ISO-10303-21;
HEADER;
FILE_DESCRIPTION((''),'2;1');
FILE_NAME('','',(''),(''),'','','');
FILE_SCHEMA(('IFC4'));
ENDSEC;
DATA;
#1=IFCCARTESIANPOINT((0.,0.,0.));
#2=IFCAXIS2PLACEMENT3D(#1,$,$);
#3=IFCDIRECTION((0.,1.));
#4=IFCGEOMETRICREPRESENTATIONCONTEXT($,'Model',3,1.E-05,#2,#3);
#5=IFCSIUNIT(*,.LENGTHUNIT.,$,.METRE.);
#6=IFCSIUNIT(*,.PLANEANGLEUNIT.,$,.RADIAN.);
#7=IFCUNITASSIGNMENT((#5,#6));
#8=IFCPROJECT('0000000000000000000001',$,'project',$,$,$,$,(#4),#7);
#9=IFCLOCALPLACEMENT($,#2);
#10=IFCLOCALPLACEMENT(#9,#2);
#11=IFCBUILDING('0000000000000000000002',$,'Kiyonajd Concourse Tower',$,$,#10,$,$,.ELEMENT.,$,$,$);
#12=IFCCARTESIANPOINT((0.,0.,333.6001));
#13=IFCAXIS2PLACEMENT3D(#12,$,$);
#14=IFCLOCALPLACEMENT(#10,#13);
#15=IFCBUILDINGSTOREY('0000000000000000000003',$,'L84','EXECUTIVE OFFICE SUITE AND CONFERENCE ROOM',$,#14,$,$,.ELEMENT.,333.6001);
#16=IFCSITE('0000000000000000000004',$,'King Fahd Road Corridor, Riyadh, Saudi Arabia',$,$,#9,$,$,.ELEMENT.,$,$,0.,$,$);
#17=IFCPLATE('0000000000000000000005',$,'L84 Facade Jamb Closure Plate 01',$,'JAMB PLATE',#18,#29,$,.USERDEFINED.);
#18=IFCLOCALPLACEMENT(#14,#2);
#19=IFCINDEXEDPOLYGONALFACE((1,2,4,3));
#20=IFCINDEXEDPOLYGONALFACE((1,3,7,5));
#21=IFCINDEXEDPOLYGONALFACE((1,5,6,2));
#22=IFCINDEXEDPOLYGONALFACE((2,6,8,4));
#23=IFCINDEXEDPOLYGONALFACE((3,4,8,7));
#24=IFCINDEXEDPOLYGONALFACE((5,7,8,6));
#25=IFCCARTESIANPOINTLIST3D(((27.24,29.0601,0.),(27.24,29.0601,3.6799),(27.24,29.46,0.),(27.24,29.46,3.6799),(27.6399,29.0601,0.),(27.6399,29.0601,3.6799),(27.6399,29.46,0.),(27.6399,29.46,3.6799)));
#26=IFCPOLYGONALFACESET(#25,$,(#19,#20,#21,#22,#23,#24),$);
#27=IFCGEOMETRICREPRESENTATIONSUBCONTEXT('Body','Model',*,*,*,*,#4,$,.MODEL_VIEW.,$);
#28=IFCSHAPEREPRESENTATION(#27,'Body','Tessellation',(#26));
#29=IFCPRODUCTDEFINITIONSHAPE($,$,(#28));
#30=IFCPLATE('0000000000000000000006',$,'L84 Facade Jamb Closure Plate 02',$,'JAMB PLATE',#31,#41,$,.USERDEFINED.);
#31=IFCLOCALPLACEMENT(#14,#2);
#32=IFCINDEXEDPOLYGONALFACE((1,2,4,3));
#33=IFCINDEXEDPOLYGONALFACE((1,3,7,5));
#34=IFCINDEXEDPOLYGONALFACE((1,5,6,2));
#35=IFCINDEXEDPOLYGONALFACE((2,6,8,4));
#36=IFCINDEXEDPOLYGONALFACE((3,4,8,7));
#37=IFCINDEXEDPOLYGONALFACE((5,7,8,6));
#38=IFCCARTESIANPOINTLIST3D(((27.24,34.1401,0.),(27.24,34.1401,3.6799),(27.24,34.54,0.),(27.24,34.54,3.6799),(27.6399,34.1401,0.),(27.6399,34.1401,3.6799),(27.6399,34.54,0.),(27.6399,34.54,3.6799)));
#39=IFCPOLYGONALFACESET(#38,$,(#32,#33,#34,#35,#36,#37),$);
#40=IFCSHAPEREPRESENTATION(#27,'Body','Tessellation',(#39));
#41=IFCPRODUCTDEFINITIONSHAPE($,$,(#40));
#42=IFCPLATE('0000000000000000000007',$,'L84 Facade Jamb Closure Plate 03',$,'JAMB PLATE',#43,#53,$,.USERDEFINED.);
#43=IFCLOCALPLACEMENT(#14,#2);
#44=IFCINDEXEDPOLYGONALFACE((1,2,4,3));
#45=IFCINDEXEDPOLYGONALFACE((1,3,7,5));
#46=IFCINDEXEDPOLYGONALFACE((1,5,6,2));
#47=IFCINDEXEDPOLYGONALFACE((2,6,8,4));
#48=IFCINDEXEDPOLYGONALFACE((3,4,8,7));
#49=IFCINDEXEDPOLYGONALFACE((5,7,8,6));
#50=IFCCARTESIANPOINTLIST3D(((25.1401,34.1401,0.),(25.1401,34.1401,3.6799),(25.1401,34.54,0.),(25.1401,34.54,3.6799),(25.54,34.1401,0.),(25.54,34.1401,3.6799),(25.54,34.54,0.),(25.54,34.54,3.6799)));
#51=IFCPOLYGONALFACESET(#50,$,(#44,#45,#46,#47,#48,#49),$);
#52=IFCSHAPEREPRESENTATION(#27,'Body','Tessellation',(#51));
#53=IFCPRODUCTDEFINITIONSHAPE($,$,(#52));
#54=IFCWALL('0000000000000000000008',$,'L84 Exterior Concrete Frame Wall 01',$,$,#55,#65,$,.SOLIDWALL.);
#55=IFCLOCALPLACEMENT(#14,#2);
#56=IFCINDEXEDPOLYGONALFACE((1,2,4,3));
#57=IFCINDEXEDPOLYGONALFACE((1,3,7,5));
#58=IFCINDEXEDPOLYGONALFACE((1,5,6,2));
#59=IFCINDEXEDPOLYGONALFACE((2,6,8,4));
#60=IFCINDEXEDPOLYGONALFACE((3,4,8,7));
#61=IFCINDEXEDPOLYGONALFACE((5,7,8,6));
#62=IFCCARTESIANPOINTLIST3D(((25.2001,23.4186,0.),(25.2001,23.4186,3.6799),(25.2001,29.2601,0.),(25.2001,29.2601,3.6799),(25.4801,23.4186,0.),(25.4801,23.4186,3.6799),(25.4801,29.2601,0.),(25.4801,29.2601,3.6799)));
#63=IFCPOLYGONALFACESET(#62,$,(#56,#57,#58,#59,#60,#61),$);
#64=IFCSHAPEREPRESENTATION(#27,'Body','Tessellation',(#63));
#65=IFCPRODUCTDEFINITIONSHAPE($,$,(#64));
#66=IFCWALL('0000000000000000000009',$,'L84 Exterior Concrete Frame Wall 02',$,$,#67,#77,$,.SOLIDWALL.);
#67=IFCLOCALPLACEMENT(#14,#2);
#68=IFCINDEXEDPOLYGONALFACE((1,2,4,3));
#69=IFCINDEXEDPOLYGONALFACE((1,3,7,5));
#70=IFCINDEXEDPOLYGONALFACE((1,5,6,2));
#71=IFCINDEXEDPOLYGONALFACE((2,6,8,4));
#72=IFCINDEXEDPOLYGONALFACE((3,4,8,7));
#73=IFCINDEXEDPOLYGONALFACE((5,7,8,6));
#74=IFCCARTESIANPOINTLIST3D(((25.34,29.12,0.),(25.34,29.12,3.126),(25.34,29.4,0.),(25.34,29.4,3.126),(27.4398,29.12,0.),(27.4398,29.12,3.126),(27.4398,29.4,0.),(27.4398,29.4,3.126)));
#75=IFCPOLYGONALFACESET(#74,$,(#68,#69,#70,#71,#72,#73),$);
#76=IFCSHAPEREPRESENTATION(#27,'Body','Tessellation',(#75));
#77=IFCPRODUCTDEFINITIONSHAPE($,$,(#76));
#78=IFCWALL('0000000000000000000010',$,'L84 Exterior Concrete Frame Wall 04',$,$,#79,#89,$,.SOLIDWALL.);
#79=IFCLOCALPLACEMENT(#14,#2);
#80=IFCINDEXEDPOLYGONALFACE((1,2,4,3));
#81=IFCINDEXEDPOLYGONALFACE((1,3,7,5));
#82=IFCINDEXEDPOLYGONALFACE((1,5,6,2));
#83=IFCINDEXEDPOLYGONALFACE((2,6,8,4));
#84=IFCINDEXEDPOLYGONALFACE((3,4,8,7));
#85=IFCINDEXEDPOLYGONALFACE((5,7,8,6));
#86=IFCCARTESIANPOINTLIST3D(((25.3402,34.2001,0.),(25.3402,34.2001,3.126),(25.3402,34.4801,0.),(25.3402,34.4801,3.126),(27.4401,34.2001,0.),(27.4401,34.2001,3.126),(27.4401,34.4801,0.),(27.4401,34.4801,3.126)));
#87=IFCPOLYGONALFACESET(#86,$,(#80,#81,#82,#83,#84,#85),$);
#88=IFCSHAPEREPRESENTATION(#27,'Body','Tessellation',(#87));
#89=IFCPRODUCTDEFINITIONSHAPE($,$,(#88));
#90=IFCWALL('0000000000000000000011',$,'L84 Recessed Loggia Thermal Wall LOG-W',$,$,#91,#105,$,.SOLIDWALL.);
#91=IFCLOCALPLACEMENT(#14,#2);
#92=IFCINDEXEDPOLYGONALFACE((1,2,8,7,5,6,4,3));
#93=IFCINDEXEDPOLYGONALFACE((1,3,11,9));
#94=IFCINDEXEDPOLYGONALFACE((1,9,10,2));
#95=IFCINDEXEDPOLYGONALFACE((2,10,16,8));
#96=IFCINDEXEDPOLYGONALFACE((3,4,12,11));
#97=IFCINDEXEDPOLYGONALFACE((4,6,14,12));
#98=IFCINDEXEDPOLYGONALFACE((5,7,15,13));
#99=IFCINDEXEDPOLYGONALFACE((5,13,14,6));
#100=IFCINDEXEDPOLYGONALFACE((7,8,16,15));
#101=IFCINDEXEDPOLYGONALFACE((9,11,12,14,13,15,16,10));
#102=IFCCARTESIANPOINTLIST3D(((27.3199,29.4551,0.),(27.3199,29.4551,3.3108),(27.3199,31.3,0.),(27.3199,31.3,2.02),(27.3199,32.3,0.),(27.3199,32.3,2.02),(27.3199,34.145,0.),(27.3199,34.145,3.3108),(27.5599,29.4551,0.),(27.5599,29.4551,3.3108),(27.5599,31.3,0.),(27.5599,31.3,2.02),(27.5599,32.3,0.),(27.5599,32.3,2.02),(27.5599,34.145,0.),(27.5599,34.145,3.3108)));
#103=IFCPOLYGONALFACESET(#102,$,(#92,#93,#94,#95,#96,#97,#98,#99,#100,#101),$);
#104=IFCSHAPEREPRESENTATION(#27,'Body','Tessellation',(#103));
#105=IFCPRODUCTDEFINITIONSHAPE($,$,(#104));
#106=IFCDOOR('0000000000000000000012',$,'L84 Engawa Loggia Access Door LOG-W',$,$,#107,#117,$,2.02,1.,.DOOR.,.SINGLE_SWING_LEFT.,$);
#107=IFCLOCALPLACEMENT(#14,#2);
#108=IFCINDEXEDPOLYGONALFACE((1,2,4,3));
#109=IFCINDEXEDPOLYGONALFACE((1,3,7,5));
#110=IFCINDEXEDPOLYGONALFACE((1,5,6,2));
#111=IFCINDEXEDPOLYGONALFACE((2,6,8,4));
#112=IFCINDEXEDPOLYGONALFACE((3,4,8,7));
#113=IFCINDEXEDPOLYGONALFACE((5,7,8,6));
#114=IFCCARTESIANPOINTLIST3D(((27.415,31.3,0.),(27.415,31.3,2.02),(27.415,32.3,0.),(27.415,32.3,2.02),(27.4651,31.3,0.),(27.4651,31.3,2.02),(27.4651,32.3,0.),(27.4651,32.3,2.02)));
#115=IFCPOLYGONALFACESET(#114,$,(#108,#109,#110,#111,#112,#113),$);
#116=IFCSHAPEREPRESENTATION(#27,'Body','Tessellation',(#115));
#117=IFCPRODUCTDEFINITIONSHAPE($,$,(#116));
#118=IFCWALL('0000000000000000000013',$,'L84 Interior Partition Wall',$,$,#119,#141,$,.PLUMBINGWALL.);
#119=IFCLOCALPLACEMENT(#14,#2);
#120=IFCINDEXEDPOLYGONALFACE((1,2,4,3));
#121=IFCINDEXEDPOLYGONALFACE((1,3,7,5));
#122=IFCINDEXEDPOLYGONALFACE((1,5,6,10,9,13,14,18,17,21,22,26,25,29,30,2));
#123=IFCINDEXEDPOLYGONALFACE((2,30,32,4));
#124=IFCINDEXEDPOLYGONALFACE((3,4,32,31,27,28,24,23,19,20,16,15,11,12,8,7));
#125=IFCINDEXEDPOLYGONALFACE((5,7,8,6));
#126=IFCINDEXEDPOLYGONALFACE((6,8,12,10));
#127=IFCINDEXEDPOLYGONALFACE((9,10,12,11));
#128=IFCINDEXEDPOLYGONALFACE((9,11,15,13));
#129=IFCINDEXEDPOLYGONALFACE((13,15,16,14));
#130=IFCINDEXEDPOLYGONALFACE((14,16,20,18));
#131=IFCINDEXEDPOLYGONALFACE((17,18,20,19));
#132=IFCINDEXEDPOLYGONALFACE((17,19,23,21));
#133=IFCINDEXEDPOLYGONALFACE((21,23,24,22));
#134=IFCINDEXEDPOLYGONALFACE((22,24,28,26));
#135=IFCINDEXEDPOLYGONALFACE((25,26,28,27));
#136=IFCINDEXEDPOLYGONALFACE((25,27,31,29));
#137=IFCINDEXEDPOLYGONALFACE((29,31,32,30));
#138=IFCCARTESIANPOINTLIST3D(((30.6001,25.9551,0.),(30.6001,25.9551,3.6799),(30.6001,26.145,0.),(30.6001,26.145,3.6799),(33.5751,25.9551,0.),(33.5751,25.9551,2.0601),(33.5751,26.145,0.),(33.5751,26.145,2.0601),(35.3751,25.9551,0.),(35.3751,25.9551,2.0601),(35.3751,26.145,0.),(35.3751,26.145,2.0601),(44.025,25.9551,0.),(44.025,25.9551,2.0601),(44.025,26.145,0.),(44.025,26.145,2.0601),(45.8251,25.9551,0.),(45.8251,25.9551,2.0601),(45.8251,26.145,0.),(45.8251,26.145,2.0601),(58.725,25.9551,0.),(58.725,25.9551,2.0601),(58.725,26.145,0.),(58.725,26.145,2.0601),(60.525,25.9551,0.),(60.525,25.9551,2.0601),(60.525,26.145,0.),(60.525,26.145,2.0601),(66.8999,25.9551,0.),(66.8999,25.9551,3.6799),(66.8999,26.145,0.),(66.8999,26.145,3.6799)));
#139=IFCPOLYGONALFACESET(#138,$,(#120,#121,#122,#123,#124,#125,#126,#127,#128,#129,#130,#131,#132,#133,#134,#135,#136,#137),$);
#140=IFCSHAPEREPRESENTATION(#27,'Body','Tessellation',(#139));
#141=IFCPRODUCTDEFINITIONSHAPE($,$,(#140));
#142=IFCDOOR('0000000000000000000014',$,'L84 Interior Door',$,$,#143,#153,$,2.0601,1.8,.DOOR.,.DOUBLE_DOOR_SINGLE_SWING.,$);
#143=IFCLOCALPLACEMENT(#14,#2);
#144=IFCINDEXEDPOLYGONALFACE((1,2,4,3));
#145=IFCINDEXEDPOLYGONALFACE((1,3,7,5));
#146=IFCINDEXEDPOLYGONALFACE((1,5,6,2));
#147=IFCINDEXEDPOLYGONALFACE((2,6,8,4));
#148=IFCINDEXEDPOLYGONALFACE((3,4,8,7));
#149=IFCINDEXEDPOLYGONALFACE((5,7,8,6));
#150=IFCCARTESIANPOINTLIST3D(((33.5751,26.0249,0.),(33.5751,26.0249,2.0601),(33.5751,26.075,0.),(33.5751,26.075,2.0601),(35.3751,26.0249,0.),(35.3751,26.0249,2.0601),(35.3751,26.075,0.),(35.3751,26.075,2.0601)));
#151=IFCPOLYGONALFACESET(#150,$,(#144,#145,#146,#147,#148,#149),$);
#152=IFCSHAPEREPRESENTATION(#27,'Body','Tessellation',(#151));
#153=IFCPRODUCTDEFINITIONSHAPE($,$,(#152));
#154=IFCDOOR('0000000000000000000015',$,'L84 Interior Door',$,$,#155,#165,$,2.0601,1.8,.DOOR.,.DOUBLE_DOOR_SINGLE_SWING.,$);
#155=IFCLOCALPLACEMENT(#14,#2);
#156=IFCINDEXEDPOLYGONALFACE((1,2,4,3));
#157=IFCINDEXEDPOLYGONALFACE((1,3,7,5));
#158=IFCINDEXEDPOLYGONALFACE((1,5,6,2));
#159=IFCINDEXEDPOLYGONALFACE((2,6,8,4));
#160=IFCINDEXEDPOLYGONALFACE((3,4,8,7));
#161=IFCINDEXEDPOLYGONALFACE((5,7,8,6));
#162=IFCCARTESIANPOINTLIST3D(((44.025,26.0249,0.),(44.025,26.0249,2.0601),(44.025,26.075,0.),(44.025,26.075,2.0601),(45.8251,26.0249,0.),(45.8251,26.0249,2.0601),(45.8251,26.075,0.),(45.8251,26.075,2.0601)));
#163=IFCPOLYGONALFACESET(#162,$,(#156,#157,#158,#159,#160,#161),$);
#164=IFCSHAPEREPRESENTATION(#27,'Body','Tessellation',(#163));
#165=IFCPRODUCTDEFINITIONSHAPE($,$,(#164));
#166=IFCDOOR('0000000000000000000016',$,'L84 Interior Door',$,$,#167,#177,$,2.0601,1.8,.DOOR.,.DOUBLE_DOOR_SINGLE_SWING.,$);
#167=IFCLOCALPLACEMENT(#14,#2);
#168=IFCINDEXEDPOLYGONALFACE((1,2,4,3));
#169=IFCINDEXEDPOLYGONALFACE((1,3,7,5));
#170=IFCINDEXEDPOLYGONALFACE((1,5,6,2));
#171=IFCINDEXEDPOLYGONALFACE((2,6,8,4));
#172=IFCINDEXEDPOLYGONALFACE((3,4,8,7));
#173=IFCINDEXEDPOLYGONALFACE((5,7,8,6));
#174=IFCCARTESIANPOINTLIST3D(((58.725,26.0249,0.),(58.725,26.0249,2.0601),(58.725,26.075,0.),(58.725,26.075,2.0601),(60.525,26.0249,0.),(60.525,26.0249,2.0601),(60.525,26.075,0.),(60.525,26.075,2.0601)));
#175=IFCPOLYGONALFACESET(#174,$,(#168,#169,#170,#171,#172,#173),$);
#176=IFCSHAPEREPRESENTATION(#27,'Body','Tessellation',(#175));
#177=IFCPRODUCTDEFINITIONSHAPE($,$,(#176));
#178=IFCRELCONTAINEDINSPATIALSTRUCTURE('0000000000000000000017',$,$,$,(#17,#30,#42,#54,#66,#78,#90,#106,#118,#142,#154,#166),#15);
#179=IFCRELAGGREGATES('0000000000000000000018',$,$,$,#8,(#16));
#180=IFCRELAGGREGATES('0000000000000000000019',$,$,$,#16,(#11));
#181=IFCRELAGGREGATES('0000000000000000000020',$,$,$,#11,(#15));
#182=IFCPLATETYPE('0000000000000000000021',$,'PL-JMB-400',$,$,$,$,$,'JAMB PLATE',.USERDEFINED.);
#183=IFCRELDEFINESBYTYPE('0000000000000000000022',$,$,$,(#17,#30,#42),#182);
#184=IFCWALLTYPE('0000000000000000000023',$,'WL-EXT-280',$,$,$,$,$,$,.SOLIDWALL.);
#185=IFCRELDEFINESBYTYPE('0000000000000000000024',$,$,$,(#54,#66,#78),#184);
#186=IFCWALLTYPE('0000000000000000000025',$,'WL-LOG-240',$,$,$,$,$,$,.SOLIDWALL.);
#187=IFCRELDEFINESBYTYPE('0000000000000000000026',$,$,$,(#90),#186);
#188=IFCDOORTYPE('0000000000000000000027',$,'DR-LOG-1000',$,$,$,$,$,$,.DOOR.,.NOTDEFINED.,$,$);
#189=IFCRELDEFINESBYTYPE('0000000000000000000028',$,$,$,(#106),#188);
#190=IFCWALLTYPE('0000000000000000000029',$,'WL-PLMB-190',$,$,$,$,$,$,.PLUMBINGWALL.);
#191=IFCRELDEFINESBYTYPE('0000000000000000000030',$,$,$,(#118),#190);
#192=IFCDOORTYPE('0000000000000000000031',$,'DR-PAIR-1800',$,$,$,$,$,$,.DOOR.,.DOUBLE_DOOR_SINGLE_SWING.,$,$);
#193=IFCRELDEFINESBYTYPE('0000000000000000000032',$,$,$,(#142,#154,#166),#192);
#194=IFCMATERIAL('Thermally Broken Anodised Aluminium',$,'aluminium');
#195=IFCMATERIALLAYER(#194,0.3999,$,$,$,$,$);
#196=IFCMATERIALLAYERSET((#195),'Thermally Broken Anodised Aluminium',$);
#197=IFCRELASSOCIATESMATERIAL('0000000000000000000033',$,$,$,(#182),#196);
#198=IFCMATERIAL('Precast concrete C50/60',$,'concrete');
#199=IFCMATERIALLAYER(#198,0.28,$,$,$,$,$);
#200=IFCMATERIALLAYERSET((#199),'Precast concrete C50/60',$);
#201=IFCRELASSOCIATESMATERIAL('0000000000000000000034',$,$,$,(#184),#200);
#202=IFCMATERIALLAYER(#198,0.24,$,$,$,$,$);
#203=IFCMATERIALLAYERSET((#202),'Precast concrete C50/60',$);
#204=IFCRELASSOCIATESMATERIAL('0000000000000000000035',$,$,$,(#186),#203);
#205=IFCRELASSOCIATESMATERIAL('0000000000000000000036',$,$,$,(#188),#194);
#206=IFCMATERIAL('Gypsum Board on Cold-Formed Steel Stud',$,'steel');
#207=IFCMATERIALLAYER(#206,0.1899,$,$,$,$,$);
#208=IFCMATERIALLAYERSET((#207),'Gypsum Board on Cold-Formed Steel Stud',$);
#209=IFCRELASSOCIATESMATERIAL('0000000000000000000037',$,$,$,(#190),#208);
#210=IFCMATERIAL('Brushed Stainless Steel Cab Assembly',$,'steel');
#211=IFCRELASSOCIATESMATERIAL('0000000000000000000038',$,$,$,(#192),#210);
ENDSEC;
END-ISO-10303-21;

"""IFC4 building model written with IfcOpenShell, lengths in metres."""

from ifc_helpers import new_model, si_unit, direction, frame, frame_2d, origin, origin_2d, place, context, subcontext, project, spatial, rectangle, extrude, material, layer, layer_set, type_object, element, fill, save


model = new_model("IFC4")

# Units and contexts
model_context = context("Model", 3, precision=1e-05, world=origin(), true_north=direction((0.0, 1.0)))
body_context = subcontext(model_context, "Body", "Model", "MODEL_VIEW")
ifc_project = project(units=[si_unit("LENGTHUNIT", "METRE"), si_unit("PLANEANGLEUNIT", "RADIAN")], contexts=[model_context])

# Site, building, storey
site_placement = place(None, origin())
site = spatial("IfcSite", under=ifc_project, at=site_placement, Name="King Fahd Road Corridor, Riyadh, Saudi Arabia", CompositionType="ELEMENT", RefElevation=0.0)
building_placement = place(site_placement, origin())
building = spatial("IfcBuilding", under=site, at=building_placement, Name="Kiyonajd Concourse Tower", CompositionType="ELEMENT")
storey_placement = place(building_placement, frame((0.0, 0.0, 333.6001)))
storey = spatial("IfcBuildingStorey", under=building, at=storey_placement, Name="L84", Description="EXECUTIVE OFFICE SUITE AND CONFERENCE ROOM", CompositionType="ELEMENT", Elevation=333.6001)

# Plates
ifc_material_1 = material(Name="Thermally Broken Anodised Aluminium", Category="aluminium")
ifc_layer_1 = layer(ifc_material_1, 0.3999)
ifc_layer_set_1 = layer_set([ifc_layer_1], Name="Thermally Broken Anodised Aluminium")
plate_type_1 = type_object("IfcPlateType", Name="PL-JMB-400", ElementType="JAMB PLATE", PredefinedType="USERDEFINED", material=ifc_layer_set_1)
for number, where, z_axis, x_axis, name in (
    (1, (27.4399, 29.26, 0.0), (0.0, 0.0, 1.0), (1.0, 0.0, 0.0), "L84 Facade Jamb Closure Plate 01"),
    (2, (27.4399, 34.3401, 0.0), (0.0, 0.0, 1.0), (1.0, 0.0, 0.0), "L84 Facade Jamb Closure Plate 02"),
    (3, (25.3401, 34.3401, 0.0), (0.0, 0.0, 1.0), (1.0, 0.0, 0.0), "L84 Facade Jamb Closure Plate 03"),
):
    element("IfcPlate", number, at=place(storey_placement, frame(where, z_axis=z_axis, x_axis=x_axis)), inside=storey, type_object=plate_type_1, Name=name, ObjectType="JAMB PLATE", PredefinedType="USERDEFINED", context=body_context, shape_type="SweptSolid", body=[
        extrude(rectangle(XDim=0.3999, YDim=0.3999, at=origin_2d()), origin(), (0.0, 0.0, 1.0), 3.6799),
    ])

# Walls
ifc_material_2 = material(Name="Precast concrete C50/60", Category="concrete")
ifc_layer_2 = layer(ifc_material_2, 0.28)
ifc_layer_set_2 = layer_set([ifc_layer_2], Name="Precast concrete C50/60")
wall_type_1 = type_object("IfcWallType", Name="WL-EXT-280", PredefinedType="SOLIDWALL", material=ifc_layer_set_2)
wall_1_placement = place(storey_placement, frame((25.3401, 23.4185, 0.0), z_axis=(0.0, 0.0, 1.0), x_axis=(0.0, 1.0, 0.0)))
element("IfcWall", 4, at=wall_1_placement, inside=storey, type_object=wall_type_1, Name="L84 Exterior Concrete Frame Wall 01", PredefinedType="SOLIDWALL", context=body_context, shape_type="SweptSolid", body=[
    extrude(rectangle(XDim=5.8416, YDim=0.28, at=frame_2d((2.9209, 0.0))), origin(), (0.0, 0.0, 1.0), 3.6799),
])
for number, where, z_axis, x_axis, name in (
    (5, (25.3401, 29.26, 0.0), (0.0, 0.0, 1.0), (1.0, 0.0, 0.0), "L84 Exterior Concrete Frame Wall 02"),
    (6, (27.4399, 34.3401, 0.0), (0.0, 0.0, 1.0), (-1.0, 0.0, 0.0), "L84 Exterior Concrete Frame Wall 04"),
):
    element("IfcWall", number, at=place(storey_placement, frame(where, z_axis=z_axis, x_axis=x_axis)), inside=storey, type_object=wall_type_1, Name=name, PredefinedType="SOLIDWALL", context=body_context, shape_type="SweptSolid", body=[
        extrude(rectangle(XDim=2.0999, YDim=0.28, at=frame_2d((1.0498, 0.0))), origin(), (0.0, 0.0, 1.0), 3.126),
    ])

# Wall, opening, door
ifc_layer_3 = layer(ifc_material_2, 0.24)
ifc_layer_set_3 = layer_set([ifc_layer_3], Name="Precast concrete C50/60")
wall_type_2 = type_object("IfcWallType", Name="WL-LOG-240", PredefinedType="SOLIDWALL", material=ifc_layer_set_3)
wall_2_placement = place(storey_placement, frame((27.4399, 29.4551, 0.0), z_axis=(0.0, 0.0, 1.0), x_axis=(0.0, 1.0, 0.0)))
wall_2 = element("IfcWall", 7, at=wall_2_placement, inside=storey, type_object=wall_type_2, Name="L84 Recessed Loggia Thermal Wall LOG-W", PredefinedType="SOLIDWALL", context=body_context, shape_type="SweptSolid", body=[
    extrude(rectangle(XDim=4.6899, YDim=0.24, at=frame_2d((2.345, 0.0))), origin(), (0.0, 0.0, 1.0), 3.3108),
])
opening_1_placement = place(wall_2_placement, frame((1.845, 0.0, 0.0)))
opening_1 = element("IfcOpeningElement", 8, at=opening_1_placement, cuts=wall_2, PredefinedType="OPENING", context=body_context, shape_type="SweptSolid", body=[
    extrude(rectangle(XDim=1.0, YDim=2.02, at=frame_2d((0.5, 1.01))), frame((0.0, 0.1299, 0.0), z_axis=(0.0, -1.0, 0.0), x_axis=(1.0, 0.0, 0.0)), (0.0, 0.0, 1.0), 0.26),
])
door_type_1 = type_object("IfcDoorType", Name="DR-LOG-1000", OperationType="NOTDEFINED", PredefinedType="DOOR", material=ifc_material_1)
door_1_placement = place(opening_1_placement, origin())
door_1 = element("IfcDoor", 9, at=door_1_placement, inside=storey, type_object=door_type_1, Name="L84 Engawa Loggia Access Door LOG-W", OperationType="SINGLE_SWING_LEFT", OverallHeight=2.02, OverallWidth=1.0, PredefinedType="DOOR", context=body_context, shape_type="SweptSolid", body=[
    extrude(rectangle(XDim=1.0, YDim=2.02, at=frame_2d((0.5, 1.01))), frame((0.0, 0.0249, 0.0), z_axis=(0.0, -1.0, 0.0), x_axis=(1.0, 0.0, 0.0)), (0.0, 0.0, 1.0), 0.05),
])
fill(opening_1, door_1)

# Wall, openings, doors
ifc_material_3 = material(Name="Gypsum Board on Cold-Formed Steel Stud", Category="steel")
ifc_layer_4 = layer(ifc_material_3, 0.1899)
ifc_layer_set_4 = layer_set([ifc_layer_4], Name="Gypsum Board on Cold-Formed Steel Stud")
wall_type_3 = type_object("IfcWallType", Name="WL-PLMB-190", PredefinedType="PLUMBINGWALL", material=ifc_layer_set_4)
wall_3_placement = place(storey_placement, frame((30.6001, 26.05, 0.0), z_axis=(0.0, 0.0, 1.0), x_axis=(1.0, 0.0, 0.0)))
wall_3 = element("IfcWall", 10, at=wall_3_placement, inside=storey, type_object=wall_type_3, Name="L84 Interior Partition Wall", PredefinedType="PLUMBINGWALL", context=body_context, shape_type="SweptSolid", body=[
    extrude(rectangle(XDim=36.2998, YDim=0.1899, at=frame_2d((18.1499, 0.0))), origin(), (0.0, 0.0, 1.0), 3.6799),
])
opening_2_placement = place(wall_3_placement, frame((2.9751, 0.0, 0.0)))
opening_2 = element("IfcOpeningElement", 11, at=opening_2_placement, cuts=wall_3, PredefinedType="OPENING", context=body_context, shape_type="SweptSolid", body=[
    extrude(rectangle(XDim=1.8, YDim=2.0601, at=frame_2d((0.8999, 1.03))), frame((0.0, 0.105, 0.0), z_axis=(0.0, -1.0, 0.0), x_axis=(1.0, 0.0, 0.0)), (0.0, 0.0, 1.0), 0.21),
])
opening_3_placement = place(wall_3_placement, frame((13.425, 0.0, 0.0)))
opening_3 = element("IfcOpeningElement", 12, at=opening_3_placement, cuts=wall_3, PredefinedType="OPENING", context=body_context, shape_type="SweptSolid", body=[
    extrude(rectangle(XDim=1.8, YDim=2.0601, at=frame_2d((0.8999, 1.03))), frame((0.0, 0.105, 0.0), z_axis=(0.0, -1.0, 0.0), x_axis=(1.0, 0.0, 0.0)), (0.0, 0.0, 1.0), 0.21),
])
opening_4_placement = place(wall_3_placement, frame((28.125, 0.0, 0.0)))
opening_4 = element("IfcOpeningElement", 13, at=opening_4_placement, cuts=wall_3, PredefinedType="OPENING", context=body_context, shape_type="SweptSolid", body=[
    extrude(rectangle(XDim=1.8, YDim=2.0601, at=frame_2d((0.8999, 1.03))), frame((0.0, 0.105, 0.0), z_axis=(0.0, -1.0, 0.0), x_axis=(1.0, 0.0, 0.0)), (0.0, 0.0, 1.0), 0.21),
])
ifc_material_4 = material(Name="Brushed Stainless Steel Cab Assembly", Category="steel")
door_type_2 = type_object("IfcDoorType", Name="DR-PAIR-1800", OperationType="DOUBLE_DOOR_SINGLE_SWING", PredefinedType="DOOR", material=ifc_material_4)
door_2_placement = place(opening_2_placement, origin())
door_2 = element("IfcDoor", 14, at=door_2_placement, inside=storey, type_object=door_type_2, Name="L84 Interior Door", OperationType="DOUBLE_DOOR_SINGLE_SWING", OverallHeight=2.0601, OverallWidth=1.8, PredefinedType="DOOR", context=body_context, shape_type="SweptSolid", body=[
    extrude(rectangle(XDim=1.8, YDim=2.0601, at=frame_2d((0.8999, 1.03))), frame((0.0, 0.0249, 0.0), z_axis=(0.0, -1.0, 0.0), x_axis=(1.0, 0.0, 0.0)), (0.0, 0.0, 1.0), 0.05),
])
fill(opening_2, door_2)
door_3_placement = place(opening_3_placement, origin())
door_3 = element("IfcDoor", 15, at=door_3_placement, inside=storey, type_object=door_type_2, Name="L84 Interior Door", OperationType="DOUBLE_DOOR_SINGLE_SWING", OverallHeight=2.0601, OverallWidth=1.8, PredefinedType="DOOR", context=body_context, shape_type="SweptSolid", body=[
    extrude(rectangle(XDim=1.8, YDim=2.0601, at=frame_2d((0.8999, 1.03))), frame((0.0, 0.0249, 0.0), z_axis=(0.0, -1.0, 0.0), x_axis=(1.0, 0.0, 0.0)), (0.0, 0.0, 1.0), 0.05),
])
fill(opening_3, door_3)
door_4_placement = place(opening_4_placement, origin())
door_4 = element("IfcDoor", 16, at=door_4_placement, inside=storey, type_object=door_type_2, Name="L84 Interior Door", OperationType="DOUBLE_DOOR_SINGLE_SWING", OverallHeight=2.0601, OverallWidth=1.8, PredefinedType="DOOR", context=body_context, shape_type="SweptSolid", body=[
    extrude(rectangle(XDim=1.8, YDim=2.0601, at=frame_2d((0.8999, 1.03))), frame((0.0, 0.0249, 0.0), z_axis=(0.0, -1.0, 0.0), x_axis=(1.0, 0.0, 0.0)), (0.0, 0.0, 1.0), 0.05),
])
fill(opening_4, door_4)

save(model, "model.ifc")
